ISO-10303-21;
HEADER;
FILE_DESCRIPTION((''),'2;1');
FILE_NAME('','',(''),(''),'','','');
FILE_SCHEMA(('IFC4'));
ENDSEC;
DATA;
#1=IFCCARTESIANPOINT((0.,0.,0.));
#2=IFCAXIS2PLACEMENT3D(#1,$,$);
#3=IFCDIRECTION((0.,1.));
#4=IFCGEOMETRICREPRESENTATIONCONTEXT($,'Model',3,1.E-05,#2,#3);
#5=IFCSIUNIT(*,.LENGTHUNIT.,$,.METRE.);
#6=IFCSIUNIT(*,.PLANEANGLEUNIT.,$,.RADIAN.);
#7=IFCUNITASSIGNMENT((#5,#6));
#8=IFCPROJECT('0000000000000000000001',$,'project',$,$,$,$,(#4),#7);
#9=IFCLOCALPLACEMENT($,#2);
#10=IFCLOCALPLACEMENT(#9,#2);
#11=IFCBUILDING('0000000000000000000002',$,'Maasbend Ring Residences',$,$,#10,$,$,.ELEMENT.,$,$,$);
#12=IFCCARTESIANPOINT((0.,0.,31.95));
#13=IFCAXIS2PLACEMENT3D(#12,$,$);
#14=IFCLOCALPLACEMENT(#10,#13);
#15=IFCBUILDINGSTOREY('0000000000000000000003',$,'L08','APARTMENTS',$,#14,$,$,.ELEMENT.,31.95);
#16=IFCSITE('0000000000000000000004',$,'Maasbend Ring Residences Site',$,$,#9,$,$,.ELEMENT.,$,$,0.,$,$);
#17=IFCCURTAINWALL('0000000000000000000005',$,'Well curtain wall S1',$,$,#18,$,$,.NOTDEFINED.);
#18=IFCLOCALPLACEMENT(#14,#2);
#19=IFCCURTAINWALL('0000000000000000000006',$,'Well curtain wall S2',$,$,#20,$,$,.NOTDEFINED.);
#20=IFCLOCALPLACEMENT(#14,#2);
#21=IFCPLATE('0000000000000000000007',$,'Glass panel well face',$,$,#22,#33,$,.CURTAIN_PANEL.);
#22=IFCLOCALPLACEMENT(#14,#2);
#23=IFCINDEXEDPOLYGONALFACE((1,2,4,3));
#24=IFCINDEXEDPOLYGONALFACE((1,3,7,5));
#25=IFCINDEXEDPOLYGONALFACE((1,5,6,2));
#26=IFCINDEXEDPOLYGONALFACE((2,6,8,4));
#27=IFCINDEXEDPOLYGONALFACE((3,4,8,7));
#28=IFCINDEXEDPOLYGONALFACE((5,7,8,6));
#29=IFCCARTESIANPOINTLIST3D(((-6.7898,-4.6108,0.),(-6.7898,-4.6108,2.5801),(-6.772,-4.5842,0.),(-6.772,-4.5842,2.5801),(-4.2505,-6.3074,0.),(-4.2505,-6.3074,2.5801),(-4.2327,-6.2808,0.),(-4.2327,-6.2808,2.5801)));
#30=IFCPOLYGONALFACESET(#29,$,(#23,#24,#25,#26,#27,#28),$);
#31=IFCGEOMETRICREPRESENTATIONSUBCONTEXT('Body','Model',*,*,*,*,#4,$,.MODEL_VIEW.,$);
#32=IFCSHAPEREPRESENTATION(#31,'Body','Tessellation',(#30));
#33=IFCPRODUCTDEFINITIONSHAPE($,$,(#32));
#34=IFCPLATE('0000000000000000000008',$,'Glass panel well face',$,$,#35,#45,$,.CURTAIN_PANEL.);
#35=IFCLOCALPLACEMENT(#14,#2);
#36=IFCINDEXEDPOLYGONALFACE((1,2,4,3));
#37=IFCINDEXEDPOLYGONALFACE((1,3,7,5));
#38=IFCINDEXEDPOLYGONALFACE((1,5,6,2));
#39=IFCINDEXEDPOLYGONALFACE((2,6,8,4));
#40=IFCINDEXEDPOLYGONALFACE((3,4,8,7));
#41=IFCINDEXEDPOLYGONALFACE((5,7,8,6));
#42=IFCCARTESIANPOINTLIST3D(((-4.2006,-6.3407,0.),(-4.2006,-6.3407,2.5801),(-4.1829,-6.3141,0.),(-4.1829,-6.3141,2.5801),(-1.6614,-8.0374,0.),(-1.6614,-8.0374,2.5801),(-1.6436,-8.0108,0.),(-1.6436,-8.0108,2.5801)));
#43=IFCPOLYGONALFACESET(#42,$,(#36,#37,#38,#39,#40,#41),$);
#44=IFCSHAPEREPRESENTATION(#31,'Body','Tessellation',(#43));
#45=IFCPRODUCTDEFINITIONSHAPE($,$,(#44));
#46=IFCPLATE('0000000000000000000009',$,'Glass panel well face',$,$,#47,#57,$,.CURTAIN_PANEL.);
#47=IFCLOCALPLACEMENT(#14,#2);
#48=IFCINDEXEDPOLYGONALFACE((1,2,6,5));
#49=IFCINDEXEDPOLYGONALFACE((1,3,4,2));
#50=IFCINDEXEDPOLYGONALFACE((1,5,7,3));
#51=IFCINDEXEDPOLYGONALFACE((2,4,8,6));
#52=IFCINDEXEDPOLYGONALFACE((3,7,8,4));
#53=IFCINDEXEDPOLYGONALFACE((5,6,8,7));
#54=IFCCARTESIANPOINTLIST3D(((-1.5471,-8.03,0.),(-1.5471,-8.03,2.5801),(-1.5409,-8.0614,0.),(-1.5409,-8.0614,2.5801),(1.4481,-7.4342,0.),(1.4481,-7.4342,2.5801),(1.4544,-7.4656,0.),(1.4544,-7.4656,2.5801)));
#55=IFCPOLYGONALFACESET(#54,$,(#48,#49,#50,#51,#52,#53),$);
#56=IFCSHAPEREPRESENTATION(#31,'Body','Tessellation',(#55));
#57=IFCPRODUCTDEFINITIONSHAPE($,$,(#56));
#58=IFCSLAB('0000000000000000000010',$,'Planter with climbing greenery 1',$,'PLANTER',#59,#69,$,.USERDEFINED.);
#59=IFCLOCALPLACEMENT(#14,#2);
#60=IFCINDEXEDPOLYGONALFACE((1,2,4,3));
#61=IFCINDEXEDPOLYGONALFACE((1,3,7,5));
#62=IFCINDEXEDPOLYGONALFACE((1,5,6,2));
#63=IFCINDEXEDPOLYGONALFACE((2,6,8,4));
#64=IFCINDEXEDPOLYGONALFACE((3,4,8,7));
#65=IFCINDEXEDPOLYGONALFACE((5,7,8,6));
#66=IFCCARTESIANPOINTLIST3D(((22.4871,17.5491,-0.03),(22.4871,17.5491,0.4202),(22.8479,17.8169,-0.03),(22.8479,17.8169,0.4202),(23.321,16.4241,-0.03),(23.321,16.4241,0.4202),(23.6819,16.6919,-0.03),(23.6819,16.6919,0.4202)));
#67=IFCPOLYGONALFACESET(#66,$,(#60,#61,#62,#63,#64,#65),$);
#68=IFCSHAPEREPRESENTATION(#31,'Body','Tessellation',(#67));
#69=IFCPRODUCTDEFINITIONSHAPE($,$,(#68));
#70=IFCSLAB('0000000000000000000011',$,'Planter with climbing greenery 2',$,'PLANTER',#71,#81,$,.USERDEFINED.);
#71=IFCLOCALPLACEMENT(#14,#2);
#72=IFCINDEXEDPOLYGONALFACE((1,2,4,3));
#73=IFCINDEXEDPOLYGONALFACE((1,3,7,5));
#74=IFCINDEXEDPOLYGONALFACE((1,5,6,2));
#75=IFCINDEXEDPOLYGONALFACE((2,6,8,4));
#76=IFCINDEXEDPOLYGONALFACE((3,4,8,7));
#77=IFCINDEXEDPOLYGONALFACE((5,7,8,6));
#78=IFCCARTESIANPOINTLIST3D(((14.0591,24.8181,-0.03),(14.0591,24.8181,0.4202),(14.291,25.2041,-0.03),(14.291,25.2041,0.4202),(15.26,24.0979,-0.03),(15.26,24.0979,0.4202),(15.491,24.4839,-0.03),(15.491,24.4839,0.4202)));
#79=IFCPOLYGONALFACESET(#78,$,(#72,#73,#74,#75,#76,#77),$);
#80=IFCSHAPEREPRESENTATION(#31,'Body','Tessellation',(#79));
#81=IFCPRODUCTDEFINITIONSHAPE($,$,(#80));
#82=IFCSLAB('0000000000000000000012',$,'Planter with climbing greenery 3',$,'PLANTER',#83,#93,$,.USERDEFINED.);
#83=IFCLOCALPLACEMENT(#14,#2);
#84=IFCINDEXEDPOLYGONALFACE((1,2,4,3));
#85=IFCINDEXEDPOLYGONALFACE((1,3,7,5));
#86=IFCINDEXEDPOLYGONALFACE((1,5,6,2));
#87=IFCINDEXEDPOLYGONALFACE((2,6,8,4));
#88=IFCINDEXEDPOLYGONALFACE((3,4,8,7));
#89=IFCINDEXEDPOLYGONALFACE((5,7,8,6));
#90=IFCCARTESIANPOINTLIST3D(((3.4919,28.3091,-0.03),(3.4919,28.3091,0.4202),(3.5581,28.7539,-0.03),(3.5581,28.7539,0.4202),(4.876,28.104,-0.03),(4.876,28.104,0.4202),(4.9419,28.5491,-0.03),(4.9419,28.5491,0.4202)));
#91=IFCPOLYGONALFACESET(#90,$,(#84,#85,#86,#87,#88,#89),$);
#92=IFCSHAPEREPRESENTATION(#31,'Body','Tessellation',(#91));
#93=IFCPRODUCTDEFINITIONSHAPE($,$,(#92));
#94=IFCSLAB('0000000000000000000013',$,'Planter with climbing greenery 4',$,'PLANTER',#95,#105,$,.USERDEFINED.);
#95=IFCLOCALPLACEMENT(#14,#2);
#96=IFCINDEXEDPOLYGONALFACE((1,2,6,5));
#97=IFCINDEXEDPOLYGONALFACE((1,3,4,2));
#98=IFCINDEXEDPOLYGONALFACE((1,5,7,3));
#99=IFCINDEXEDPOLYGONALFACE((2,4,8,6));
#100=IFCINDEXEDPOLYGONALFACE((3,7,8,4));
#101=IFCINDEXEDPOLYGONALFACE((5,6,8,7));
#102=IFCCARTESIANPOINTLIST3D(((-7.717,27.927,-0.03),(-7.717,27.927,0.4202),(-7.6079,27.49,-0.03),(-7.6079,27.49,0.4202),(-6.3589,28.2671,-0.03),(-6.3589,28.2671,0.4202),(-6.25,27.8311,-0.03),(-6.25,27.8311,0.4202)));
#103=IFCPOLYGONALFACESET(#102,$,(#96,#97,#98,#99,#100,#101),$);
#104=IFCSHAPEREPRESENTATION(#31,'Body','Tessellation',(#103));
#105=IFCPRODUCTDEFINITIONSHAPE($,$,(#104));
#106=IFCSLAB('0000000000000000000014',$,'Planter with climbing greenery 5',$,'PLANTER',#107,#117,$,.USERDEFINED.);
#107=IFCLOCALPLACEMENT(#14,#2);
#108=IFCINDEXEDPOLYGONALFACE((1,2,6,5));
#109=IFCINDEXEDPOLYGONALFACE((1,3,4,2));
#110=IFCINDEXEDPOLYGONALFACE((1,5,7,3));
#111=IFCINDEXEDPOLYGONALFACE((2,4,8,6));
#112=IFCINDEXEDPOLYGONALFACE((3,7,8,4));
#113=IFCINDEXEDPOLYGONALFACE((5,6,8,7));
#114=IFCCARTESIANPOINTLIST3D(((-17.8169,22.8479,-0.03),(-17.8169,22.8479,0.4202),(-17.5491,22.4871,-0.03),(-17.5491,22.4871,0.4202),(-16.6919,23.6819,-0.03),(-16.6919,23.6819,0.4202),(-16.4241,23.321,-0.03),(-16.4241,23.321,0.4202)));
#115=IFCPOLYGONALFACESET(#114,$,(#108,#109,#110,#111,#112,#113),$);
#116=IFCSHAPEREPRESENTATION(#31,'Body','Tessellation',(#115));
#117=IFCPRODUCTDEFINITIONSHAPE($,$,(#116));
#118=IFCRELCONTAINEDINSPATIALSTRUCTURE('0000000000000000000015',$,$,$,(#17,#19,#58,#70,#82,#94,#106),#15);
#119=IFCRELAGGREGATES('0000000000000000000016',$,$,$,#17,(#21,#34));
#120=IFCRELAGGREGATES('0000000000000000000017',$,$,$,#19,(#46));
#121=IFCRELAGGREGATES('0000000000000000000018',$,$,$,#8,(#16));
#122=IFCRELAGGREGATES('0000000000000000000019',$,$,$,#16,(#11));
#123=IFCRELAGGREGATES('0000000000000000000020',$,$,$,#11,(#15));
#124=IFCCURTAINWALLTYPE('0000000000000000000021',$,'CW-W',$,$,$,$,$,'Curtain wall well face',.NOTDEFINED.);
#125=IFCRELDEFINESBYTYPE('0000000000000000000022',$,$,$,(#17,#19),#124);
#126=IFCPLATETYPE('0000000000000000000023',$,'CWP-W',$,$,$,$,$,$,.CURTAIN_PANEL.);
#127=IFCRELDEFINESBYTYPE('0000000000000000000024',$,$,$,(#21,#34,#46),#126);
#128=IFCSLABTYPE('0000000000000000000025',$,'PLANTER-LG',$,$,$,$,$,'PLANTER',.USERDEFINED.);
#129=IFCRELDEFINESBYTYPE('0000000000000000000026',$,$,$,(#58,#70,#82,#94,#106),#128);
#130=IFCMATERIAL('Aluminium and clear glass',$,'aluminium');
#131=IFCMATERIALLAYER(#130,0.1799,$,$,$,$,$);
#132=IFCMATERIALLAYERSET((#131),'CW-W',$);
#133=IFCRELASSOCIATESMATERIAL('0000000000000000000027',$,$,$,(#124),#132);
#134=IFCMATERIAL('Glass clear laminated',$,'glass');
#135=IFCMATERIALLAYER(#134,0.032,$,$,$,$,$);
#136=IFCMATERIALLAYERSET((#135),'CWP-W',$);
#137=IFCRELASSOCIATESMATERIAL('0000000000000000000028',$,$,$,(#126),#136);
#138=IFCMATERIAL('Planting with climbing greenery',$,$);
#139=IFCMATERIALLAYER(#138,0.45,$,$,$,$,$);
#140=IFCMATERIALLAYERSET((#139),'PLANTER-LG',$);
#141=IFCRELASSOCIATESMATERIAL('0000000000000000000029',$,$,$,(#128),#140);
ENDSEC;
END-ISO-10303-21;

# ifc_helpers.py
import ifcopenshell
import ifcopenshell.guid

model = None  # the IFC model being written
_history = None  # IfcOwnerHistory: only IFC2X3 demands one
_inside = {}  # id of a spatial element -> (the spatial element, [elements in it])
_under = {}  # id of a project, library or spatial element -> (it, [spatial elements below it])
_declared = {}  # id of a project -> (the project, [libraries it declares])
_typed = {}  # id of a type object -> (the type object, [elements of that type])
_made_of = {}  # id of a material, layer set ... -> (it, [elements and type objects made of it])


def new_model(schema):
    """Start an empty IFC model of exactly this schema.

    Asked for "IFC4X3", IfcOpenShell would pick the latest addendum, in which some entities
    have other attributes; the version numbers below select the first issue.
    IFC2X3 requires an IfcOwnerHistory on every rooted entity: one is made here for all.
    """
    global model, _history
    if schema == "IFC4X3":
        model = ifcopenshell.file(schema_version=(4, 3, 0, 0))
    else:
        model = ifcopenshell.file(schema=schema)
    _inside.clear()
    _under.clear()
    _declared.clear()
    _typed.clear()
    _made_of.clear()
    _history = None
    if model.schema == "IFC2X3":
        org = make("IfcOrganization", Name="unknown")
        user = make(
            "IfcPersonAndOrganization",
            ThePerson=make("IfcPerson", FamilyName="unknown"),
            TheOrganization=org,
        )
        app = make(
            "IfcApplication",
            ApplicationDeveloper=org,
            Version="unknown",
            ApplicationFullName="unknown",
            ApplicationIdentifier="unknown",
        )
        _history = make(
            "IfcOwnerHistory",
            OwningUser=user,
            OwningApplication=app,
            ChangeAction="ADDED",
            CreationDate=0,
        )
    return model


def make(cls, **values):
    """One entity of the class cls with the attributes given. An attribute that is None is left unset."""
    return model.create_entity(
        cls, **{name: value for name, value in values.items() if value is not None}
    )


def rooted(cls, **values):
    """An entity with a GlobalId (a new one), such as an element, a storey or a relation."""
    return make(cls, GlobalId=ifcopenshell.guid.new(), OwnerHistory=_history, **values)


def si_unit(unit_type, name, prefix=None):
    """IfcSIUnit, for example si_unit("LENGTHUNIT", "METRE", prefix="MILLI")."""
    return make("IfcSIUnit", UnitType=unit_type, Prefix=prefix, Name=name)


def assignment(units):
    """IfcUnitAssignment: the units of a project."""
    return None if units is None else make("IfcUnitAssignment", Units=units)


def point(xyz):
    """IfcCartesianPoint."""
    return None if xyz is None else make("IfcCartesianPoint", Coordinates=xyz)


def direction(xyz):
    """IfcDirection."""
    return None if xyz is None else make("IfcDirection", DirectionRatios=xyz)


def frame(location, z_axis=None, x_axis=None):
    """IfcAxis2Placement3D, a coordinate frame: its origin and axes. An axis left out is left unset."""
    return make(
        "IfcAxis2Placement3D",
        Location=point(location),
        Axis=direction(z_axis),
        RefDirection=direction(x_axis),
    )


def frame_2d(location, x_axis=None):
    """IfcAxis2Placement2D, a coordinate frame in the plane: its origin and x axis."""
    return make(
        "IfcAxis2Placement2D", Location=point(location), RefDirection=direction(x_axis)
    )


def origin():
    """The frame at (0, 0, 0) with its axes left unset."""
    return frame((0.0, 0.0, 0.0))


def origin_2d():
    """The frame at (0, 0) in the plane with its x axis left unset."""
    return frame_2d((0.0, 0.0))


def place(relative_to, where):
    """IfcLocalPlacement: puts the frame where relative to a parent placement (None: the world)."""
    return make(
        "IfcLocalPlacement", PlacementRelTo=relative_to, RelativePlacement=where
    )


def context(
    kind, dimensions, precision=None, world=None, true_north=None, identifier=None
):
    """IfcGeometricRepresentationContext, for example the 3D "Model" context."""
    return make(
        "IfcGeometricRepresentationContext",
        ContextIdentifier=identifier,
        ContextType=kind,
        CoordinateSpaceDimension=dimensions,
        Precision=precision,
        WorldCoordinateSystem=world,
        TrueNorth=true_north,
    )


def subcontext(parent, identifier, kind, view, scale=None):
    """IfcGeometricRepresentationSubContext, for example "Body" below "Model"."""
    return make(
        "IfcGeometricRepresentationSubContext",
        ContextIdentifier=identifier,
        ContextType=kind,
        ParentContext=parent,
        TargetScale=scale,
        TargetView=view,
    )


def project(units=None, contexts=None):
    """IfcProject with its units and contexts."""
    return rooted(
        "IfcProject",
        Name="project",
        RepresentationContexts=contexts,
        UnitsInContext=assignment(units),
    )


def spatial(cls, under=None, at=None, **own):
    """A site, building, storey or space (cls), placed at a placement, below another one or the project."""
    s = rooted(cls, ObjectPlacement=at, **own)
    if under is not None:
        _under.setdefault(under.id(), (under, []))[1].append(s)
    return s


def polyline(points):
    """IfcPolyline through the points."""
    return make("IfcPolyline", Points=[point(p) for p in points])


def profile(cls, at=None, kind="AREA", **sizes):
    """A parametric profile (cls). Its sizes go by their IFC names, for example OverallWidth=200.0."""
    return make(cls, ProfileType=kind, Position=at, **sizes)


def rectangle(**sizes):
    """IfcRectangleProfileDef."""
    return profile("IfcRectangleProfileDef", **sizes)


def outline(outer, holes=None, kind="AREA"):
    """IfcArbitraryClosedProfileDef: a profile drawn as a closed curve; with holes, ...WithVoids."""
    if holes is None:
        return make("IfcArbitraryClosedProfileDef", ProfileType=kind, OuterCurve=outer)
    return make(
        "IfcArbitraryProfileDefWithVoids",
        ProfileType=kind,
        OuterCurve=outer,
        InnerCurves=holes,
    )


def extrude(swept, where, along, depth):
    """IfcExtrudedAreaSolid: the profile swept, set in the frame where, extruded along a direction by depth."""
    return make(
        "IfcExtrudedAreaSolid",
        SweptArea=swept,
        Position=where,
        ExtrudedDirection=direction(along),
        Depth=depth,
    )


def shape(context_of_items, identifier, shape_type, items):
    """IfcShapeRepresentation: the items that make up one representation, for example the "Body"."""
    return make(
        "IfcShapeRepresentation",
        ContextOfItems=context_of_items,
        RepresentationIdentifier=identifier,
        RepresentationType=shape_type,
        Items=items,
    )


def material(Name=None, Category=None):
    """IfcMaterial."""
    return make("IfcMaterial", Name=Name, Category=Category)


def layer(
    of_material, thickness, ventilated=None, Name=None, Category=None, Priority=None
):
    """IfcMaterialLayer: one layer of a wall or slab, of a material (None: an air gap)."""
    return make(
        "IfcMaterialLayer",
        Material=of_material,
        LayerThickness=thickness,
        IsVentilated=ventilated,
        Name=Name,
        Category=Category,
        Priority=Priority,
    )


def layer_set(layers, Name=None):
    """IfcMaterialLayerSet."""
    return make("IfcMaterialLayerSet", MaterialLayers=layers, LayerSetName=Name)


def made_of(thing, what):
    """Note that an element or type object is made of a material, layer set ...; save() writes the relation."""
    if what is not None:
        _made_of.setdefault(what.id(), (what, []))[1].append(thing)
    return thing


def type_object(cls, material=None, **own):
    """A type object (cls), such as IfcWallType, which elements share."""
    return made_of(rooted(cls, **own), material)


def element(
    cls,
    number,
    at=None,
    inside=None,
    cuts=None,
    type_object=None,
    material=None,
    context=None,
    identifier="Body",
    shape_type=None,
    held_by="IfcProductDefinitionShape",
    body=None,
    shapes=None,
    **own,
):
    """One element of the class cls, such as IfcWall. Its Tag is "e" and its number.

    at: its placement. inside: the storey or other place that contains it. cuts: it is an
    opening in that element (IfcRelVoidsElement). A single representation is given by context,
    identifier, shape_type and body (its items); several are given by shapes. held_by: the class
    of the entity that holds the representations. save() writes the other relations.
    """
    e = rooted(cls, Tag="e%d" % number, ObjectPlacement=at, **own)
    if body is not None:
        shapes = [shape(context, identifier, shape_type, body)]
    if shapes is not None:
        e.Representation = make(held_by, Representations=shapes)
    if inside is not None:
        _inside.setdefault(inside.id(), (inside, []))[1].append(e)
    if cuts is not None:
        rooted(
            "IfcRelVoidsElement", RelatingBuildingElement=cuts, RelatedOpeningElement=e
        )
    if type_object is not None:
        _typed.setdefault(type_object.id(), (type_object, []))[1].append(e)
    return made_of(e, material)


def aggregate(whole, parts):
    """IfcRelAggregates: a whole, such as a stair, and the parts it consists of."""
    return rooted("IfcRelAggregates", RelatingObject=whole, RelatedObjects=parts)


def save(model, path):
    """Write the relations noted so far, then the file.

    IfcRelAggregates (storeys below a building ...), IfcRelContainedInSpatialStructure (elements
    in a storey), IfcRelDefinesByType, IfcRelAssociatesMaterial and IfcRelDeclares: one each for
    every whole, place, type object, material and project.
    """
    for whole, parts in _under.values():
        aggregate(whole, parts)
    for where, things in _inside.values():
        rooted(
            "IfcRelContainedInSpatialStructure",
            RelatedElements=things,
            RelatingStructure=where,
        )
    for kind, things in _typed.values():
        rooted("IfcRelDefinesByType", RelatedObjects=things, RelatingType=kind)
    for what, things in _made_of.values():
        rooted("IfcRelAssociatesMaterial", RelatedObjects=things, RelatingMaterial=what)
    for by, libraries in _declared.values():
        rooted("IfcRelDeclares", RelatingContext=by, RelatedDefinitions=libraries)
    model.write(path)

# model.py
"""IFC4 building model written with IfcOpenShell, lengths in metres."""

from ifc_helpers import new_model, si_unit, direction, frame, origin, origin_2d, place, context, subcontext, project, spatial, polyline, rectangle, outline, extrude, material, layer, layer_set, type_object, element, aggregate, save


model = new_model("IFC4")

# Units and contexts
model_context = context("Model", 3, precision=1e-05, world=origin(), true_north=direction((0.0, 1.0)))
body_context = subcontext(model_context, "Body", "Model", "MODEL_VIEW")
ifc_project = project(units=[si_unit("LENGTHUNIT", "METRE"), si_unit("PLANEANGLEUNIT", "RADIAN")], contexts=[model_context])

# Site, building, storey
site_placement = place(None, origin())
site = spatial("IfcSite", under=ifc_project, at=site_placement, Name="Maasbend Ring Residences Site", CompositionType="ELEMENT", RefElevation=0.0)
building_placement = place(site_placement, origin())
building = spatial("IfcBuilding", under=site, at=building_placement, Name="Maasbend Ring Residences", CompositionType="ELEMENT")
storey_placement = place(building_placement, frame((0.0, 0.0, 31.95)))
storey = spatial("IfcBuildingStorey", under=building, at=storey_placement, Name="L08", Description="APARTMENTS", CompositionType="ELEMENT", Elevation=31.95)

# Curtain wall
ifc_material_1 = material(Name="Aluminium and clear glass", Category="aluminium")
ifc_layer_1 = layer(ifc_material_1, 0.1799)
ifc_layer_set_1 = layer_set([ifc_layer_1], Name="CW-W")
curtain_wall_type = type_object("IfcCurtainWallType", Name="CW-W", ElementType="Curtain wall well face", PredefinedType="NOTDEFINED", material=ifc_layer_set_1)
curtain_wall_1_placement = place(storey_placement, origin())
curtain_wall_1 = element("IfcCurtainWall", 1, at=curtain_wall_1_placement, inside=storey, type_object=curtain_wall_type, Name="Well curtain wall S1", PredefinedType="NOTDEFINED")

# Curtain wall
curtain_wall_2_placement = place(storey_placement, origin())
curtain_wall_2 = element("IfcCurtainWall", 2, at=curtain_wall_2_placement, inside=storey, type_object=curtain_wall_type, Name="Well curtain wall S2", PredefinedType="NOTDEFINED")

# Plates
ifc_material_2 = material(Name="Glass clear laminated", Category="glass")
ifc_layer_2 = layer(ifc_material_2, 0.032)
ifc_layer_set_2 = layer_set([ifc_layer_2], Name="CWP-W")
plate_type = type_object("IfcPlateType", Name="CWP-W", PredefinedType="CURTAIN_PANEL", material=ifc_layer_set_2)
plate_1_placement = place(storey_placement, frame((-5.5112, -5.4458, 0.0), z_axis=(0.0, 0.0, 1.0), x_axis=(0.83147, -0.55557, 0.0)))
plate_1 = element("IfcPlate", 3, at=plate_1_placement, type_object=plate_type, Name="Glass panel well face", PredefinedType="CURTAIN_PANEL", context=body_context, shape_type="SweptSolid", body=[
    extrude(rectangle(XDim=3.054, YDim=0.032, at=origin_2d()), origin(), (0.0, 0.0, 1.0), 2.5801),
])
plate_2_placement = place(storey_placement, frame((-2.9221, -7.1758, 0.0), z_axis=(0.0, 0.0, 1.0), x_axis=(0.83147, -0.55557, 0.0)))
plate_2 = element("IfcPlate", 4, at=plate_2_placement, type_object=plate_type, Name="Glass panel well face", PredefinedType="CURTAIN_PANEL", context=body_context, shape_type="SweptSolid", body=[
    extrude(rectangle(XDim=3.054, YDim=0.032, at=origin_2d()), origin(), (0.0, 0.0, 1.0), 2.5801),
])
aggregate(curtain_wall_1, [plate_1, plate_2])
plate_3_placement = place(storey_placement, frame((-0.0464, -7.7478, 0.0), z_axis=(0.0, 0.0, 1.0), x_axis=(0.980785, 0.19509, 0.0)))
plate_3 = element("IfcPlate", 5, at=plate_3_placement, type_object=plate_type, Name="Glass panel well face", PredefinedType="CURTAIN_PANEL", context=body_context, shape_type="SweptSolid", body=[
    extrude(rectangle(XDim=3.054, YDim=0.032, at=origin_2d()), origin(), (0.0, 0.0, 1.0), 2.5801),
])
aggregate(curtain_wall_2, [plate_3])

# Slabs
ifc_material_3 = material(Name="Planting with climbing greenery")
ifc_layer_3 = layer(ifc_material_3, 0.45)
ifc_layer_set_3 = layer_set([ifc_layer_3], Name="PLANTER-LG")
slab_type_1 = type_object("IfcSlabType", Name="PLANTER-LG", ElementType="PLANTER", PredefinedType="USERDEFINED", material=ifc_layer_set_3)
slab_1_placement = place(storey_placement, frame((0.0, 0.0, -0.03)))
element("IfcSlab", 6, at=slab_1_placement, inside=storey, type_object=slab_type_1, Name="Planter with climbing greenery 1", ObjectType="PLANTER", PredefinedType="USERDEFINED", context=body_context, shape_type="SweptSolid", body=[
    extrude(outline(polyline([(23.6819, 16.6919), (22.8479, 17.8169), (22.4871, 17.5491), (23.321, 16.4241), (23.6819, 16.6919)])), origin(), (0.0, 0.0, 1.0), 0.4502),
])
slab_2_placement = place(storey_placement, frame((0.0, 0.0, -0.03)))
element("IfcSlab", 7, at=slab_2_placement, inside=storey, type_object=slab_type_1, Name="Planter with climbing greenery 2", ObjectType="PLANTER", PredefinedType="USERDEFINED", context=body_context, shape_type="SweptSolid", body=[
    extrude(outline(polyline([(15.491, 24.4839), (14.291, 25.2041), (14.0591, 24.8181), (15.26, 24.0979), (15.491, 24.4839)])), origin(), (0.0, 0.0, 1.0), 0.4502),
])
slab_3_placement = place(storey_placement, frame((0.0, 0.0, -0.03)))
element("IfcSlab", 8, at=slab_3_placement, inside=storey, type_object=slab_type_1, Name="Planter with climbing greenery 3", ObjectType="PLANTER", PredefinedType="USERDEFINED", context=body_context, shape_type="SweptSolid", body=[
    extrude(outline(polyline([(4.9419, 28.5491), (3.5581, 28.7539), (3.4919, 28.3091), (4.876, 28.104), (4.9419, 28.5491)])), origin(), (0.0, 0.0, 1.0), 0.4502),
])
slab_4_placement = place(storey_placement, frame((0.0, 0.0, -0.03)))
element("IfcSlab", 9, at=slab_4_placement, inside=storey, type_object=slab_type_1, Name="Planter with climbing greenery 4", ObjectType="PLANTER", PredefinedType="USERDEFINED", context=body_context, shape_type="SweptSolid", body=[
    extrude(outline(polyline([(-6.3589, 28.2671), (-7.717, 27.927), (-7.6079, 27.49), (-6.25, 27.8311), (-6.3589, 28.2671)])), origin(), (0.0, 0.0, 1.0), 0.4502),
])
slab_5_placement = place(storey_placement, frame((0.0, 0.0, -0.03)))
element("IfcSlab", 10, at=slab_5_placement, inside=storey, type_object=slab_type_1, Name="Planter with climbing greenery 5", ObjectType="PLANTER", PredefinedType="USERDEFINED", context=body_context, shape_type="SweptSolid", body=[
    extrude(outline(polyline([(-16.6919, 23.6819), (-17.8169, 22.8479), (-17.5491, 22.4871), (-16.4241, 23.321), (-16.6919, 23.6819)])), origin(), (0.0, 0.0, 1.0), 0.4502),
])

save(model, "model.ifc")
